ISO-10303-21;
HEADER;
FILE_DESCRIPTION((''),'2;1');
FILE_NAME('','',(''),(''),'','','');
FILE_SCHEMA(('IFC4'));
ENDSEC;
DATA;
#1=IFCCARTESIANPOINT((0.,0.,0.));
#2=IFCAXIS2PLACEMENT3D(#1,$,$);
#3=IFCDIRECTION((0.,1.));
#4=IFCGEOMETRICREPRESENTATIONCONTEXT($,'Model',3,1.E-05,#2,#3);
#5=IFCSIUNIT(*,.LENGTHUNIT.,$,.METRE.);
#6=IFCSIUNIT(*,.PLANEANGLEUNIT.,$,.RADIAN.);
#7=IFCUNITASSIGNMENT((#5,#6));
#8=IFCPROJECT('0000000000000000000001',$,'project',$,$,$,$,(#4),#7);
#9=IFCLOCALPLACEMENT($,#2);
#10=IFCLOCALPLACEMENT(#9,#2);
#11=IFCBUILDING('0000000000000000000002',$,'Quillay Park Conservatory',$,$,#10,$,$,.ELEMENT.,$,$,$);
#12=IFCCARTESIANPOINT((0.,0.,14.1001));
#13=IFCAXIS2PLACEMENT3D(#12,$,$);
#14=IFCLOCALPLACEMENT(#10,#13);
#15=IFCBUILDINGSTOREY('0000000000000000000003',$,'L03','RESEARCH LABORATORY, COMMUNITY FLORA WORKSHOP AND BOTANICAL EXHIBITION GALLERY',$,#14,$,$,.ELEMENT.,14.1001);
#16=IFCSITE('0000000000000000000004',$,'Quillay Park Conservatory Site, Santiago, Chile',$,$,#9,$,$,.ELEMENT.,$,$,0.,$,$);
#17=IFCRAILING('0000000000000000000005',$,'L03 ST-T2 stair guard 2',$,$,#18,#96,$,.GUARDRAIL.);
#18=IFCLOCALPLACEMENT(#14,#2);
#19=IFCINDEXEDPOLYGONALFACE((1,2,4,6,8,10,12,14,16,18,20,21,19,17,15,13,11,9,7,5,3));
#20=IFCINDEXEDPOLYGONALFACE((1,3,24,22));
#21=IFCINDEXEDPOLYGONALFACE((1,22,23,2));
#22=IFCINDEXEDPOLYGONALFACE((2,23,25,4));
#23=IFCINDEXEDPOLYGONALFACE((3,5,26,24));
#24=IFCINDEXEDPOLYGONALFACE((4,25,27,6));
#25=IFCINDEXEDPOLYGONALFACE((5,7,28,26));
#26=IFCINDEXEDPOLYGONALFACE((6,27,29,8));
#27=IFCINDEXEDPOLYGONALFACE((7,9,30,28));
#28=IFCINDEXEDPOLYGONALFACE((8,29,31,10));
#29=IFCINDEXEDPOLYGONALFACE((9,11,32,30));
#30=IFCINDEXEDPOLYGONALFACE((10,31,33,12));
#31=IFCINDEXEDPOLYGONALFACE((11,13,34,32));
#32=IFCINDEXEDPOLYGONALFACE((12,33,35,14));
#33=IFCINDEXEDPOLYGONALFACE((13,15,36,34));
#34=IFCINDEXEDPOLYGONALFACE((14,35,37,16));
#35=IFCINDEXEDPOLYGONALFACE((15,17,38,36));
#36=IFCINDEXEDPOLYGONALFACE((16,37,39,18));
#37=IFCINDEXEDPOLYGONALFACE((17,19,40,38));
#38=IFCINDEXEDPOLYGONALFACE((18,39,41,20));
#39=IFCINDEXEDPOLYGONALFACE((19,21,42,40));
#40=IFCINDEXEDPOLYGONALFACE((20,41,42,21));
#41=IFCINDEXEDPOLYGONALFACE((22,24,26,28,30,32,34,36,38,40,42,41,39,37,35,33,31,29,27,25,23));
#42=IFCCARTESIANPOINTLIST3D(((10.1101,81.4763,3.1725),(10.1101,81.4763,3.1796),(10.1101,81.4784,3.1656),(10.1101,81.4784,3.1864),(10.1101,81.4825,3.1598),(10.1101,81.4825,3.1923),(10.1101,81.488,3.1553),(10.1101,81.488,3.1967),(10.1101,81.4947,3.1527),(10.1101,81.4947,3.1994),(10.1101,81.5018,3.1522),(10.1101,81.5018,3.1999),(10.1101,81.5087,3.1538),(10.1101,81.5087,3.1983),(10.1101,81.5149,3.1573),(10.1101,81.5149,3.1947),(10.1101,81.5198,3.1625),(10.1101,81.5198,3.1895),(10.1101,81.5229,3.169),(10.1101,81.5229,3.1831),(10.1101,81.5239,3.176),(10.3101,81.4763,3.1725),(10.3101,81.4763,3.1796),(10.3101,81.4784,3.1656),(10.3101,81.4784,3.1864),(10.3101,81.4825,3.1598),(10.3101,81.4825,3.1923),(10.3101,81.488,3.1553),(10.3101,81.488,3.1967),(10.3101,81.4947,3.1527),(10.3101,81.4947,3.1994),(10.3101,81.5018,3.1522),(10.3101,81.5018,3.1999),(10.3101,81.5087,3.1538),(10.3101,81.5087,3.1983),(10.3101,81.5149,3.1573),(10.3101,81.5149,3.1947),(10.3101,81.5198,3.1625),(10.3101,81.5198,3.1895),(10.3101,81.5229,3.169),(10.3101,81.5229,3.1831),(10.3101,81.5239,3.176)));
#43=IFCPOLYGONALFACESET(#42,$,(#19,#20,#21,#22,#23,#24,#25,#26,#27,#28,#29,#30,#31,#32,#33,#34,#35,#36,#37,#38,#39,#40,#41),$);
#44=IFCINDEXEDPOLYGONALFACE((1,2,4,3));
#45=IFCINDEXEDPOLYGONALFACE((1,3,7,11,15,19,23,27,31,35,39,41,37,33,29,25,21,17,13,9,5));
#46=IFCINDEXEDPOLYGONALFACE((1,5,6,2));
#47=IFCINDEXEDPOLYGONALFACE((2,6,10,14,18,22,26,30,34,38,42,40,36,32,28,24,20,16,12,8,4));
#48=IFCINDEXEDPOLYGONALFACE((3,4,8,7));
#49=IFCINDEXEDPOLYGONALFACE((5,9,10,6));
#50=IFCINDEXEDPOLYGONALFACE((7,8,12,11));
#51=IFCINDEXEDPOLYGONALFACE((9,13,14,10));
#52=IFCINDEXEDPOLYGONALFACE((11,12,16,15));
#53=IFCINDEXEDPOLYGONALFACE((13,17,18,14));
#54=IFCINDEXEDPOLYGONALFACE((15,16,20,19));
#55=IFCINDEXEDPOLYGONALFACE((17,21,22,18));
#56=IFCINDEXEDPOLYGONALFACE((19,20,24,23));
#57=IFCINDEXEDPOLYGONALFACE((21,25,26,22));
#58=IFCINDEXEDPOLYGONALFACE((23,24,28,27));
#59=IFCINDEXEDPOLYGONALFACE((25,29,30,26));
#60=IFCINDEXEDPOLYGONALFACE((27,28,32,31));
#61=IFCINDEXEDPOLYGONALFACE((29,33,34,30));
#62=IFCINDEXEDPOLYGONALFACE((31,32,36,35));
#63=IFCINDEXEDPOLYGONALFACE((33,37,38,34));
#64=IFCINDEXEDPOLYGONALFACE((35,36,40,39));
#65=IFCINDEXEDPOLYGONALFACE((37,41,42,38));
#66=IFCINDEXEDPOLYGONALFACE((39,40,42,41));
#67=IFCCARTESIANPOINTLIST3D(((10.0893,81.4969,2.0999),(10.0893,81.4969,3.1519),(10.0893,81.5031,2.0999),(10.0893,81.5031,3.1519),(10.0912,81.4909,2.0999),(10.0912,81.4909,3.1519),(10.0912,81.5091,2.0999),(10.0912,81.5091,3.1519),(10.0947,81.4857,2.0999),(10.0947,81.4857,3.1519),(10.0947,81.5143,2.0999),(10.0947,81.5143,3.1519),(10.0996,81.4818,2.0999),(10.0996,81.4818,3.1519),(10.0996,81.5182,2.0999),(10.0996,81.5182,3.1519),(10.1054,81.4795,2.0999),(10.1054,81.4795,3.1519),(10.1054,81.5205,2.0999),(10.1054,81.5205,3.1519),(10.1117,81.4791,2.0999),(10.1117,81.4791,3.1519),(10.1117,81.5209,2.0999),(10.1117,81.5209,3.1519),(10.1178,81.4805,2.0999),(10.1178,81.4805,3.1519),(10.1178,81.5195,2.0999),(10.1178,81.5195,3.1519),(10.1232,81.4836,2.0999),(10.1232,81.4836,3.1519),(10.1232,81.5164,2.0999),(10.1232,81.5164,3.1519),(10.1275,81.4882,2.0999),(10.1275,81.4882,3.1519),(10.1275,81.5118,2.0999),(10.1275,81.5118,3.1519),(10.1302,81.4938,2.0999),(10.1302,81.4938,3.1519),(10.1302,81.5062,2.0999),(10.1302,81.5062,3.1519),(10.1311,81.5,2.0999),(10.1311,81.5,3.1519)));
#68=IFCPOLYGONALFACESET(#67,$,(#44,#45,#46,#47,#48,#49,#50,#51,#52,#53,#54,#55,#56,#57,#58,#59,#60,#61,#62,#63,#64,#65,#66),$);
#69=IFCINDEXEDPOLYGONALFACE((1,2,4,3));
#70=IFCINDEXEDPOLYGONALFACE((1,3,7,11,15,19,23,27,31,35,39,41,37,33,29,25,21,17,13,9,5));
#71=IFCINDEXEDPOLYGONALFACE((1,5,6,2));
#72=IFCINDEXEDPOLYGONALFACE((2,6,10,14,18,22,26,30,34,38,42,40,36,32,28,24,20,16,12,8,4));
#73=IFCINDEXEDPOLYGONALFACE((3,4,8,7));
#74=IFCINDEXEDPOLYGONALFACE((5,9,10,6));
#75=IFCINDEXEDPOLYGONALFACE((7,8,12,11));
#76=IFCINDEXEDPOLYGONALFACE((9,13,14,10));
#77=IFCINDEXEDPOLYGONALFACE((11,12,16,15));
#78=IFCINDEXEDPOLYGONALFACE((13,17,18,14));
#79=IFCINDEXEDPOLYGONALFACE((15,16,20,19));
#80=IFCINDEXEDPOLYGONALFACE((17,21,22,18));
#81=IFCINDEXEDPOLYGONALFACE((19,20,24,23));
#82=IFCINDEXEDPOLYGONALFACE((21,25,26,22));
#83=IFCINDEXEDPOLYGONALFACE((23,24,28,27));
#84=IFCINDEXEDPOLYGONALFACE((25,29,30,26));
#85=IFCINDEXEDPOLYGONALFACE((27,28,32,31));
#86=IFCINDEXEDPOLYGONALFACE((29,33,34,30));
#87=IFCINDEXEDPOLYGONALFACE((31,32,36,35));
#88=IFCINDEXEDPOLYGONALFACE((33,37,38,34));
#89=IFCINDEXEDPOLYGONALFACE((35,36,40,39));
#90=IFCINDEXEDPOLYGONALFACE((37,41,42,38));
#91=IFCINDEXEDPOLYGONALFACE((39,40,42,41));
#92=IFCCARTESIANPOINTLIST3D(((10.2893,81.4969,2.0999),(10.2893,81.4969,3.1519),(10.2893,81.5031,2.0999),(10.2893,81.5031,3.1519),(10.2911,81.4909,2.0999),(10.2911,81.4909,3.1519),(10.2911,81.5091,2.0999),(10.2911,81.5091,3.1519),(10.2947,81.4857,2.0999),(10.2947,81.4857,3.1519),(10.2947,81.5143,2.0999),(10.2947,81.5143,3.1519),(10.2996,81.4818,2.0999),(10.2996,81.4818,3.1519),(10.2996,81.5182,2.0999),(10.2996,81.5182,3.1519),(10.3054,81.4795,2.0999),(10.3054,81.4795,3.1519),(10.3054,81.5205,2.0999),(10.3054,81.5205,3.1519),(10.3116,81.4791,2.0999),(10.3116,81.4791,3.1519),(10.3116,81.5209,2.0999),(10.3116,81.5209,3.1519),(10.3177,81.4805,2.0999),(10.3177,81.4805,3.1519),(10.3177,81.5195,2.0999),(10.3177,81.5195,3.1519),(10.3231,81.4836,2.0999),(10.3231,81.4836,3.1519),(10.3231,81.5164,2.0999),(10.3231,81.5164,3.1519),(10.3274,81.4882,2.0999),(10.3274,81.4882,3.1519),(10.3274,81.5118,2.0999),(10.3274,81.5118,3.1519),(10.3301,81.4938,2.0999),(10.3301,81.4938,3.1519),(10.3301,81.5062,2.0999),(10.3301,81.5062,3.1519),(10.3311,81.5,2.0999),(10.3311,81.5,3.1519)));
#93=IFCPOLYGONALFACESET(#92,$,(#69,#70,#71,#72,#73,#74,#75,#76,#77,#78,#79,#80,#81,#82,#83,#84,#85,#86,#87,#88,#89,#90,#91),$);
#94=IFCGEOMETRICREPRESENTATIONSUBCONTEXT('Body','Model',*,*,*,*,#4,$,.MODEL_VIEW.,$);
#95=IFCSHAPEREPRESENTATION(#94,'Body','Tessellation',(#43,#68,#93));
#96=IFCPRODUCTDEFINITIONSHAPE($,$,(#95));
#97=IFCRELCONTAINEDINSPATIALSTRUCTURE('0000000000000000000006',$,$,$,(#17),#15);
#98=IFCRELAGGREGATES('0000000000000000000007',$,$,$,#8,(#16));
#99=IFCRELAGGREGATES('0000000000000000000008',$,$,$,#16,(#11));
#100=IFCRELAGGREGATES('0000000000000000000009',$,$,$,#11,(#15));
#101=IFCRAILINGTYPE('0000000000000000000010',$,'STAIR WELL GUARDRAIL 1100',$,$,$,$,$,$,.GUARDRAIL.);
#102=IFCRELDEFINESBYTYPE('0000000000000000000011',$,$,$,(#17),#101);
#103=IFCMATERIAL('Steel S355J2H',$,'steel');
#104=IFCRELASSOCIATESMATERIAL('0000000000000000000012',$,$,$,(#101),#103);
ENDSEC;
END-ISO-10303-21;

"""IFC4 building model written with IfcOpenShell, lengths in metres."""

from ifc_helpers import new_model, si_unit, direction, frame, origin, origin_2d, place, context, subcontext, project, spatial, circle, extrude, material, type_object, element, save


model = new_model("IFC4")

# Units and contexts
model_context = context("Model", 3, precision=1e-05, world=origin(), true_north=direction((0.0, 1.0)))
body_context = subcontext(model_context, "Body", "Model", "MODEL_VIEW")
ifc_project = project(units=[si_unit("LENGTHUNIT", "METRE"), si_unit("PLANEANGLEUNIT", "RADIAN")], contexts=[model_context])

# Site, building, storey
site_placement = place(None, origin())
site = spatial("IfcSite", under=ifc_project, at=site_placement, Name="Quillay Park Conservatory Site, Santiago, Chile", CompositionType="ELEMENT", RefElevation=0.0)
building_placement = place(site_placement, origin())
building = spatial("IfcBuilding", under=site, at=building_placement, Name="Quillay Park Conservatory", CompositionType="ELEMENT")
storey_placement = place(building_placement, frame((0.0, 0.0, 14.1001)))
storey = spatial("IfcBuildingStorey", under=building, at=storey_placement, Name="L03", Description="RESEARCH LABORATORY, COMMUNITY FLORA WORKSHOP AND BOTANICAL EXHIBITION GALLERY", CompositionType="ELEMENT", Elevation=14.1001)

# Railing
ifc_material_1 = material(Name="Steel S355J2H", Category="steel")
railing_type_1 = type_object("IfcRailingType", Name="STAIR WELL GUARDRAIL 1100", PredefinedType="GUARDRAIL", material=ifc_material_1)
railing_1_placement = place(storey_placement, frame((10.1101, 81.5, 2.0999)))
element("IfcRailing", 1, at=railing_1_placement, inside=storey, type_object=railing_type_1, Name="L03 ST-T2 stair guard 2", PredefinedType="GUARDRAIL", context=body_context, shape_type="SweptSolid", body=[
    extrude(circle(Radius=0.0239, at=origin_2d()), frame((0.0, 0.0, 1.0762), z_axis=(1.0, 0.0, 0.0), x_axis=(0.0, 1.0, 0.0)), (0.0, 0.0, 1.0), 0.2),
    extrude(circle(Radius=0.021, at=origin_2d()), origin(), (0.0, 0.0, 1.0), 1.052),
    extrude(circle(Radius=0.021, at=origin_2d()), frame((0.2, 0.0, 0.0)), (0.0, 0.0, 1.0), 1.052),
])

save(model, "model.ifc")
